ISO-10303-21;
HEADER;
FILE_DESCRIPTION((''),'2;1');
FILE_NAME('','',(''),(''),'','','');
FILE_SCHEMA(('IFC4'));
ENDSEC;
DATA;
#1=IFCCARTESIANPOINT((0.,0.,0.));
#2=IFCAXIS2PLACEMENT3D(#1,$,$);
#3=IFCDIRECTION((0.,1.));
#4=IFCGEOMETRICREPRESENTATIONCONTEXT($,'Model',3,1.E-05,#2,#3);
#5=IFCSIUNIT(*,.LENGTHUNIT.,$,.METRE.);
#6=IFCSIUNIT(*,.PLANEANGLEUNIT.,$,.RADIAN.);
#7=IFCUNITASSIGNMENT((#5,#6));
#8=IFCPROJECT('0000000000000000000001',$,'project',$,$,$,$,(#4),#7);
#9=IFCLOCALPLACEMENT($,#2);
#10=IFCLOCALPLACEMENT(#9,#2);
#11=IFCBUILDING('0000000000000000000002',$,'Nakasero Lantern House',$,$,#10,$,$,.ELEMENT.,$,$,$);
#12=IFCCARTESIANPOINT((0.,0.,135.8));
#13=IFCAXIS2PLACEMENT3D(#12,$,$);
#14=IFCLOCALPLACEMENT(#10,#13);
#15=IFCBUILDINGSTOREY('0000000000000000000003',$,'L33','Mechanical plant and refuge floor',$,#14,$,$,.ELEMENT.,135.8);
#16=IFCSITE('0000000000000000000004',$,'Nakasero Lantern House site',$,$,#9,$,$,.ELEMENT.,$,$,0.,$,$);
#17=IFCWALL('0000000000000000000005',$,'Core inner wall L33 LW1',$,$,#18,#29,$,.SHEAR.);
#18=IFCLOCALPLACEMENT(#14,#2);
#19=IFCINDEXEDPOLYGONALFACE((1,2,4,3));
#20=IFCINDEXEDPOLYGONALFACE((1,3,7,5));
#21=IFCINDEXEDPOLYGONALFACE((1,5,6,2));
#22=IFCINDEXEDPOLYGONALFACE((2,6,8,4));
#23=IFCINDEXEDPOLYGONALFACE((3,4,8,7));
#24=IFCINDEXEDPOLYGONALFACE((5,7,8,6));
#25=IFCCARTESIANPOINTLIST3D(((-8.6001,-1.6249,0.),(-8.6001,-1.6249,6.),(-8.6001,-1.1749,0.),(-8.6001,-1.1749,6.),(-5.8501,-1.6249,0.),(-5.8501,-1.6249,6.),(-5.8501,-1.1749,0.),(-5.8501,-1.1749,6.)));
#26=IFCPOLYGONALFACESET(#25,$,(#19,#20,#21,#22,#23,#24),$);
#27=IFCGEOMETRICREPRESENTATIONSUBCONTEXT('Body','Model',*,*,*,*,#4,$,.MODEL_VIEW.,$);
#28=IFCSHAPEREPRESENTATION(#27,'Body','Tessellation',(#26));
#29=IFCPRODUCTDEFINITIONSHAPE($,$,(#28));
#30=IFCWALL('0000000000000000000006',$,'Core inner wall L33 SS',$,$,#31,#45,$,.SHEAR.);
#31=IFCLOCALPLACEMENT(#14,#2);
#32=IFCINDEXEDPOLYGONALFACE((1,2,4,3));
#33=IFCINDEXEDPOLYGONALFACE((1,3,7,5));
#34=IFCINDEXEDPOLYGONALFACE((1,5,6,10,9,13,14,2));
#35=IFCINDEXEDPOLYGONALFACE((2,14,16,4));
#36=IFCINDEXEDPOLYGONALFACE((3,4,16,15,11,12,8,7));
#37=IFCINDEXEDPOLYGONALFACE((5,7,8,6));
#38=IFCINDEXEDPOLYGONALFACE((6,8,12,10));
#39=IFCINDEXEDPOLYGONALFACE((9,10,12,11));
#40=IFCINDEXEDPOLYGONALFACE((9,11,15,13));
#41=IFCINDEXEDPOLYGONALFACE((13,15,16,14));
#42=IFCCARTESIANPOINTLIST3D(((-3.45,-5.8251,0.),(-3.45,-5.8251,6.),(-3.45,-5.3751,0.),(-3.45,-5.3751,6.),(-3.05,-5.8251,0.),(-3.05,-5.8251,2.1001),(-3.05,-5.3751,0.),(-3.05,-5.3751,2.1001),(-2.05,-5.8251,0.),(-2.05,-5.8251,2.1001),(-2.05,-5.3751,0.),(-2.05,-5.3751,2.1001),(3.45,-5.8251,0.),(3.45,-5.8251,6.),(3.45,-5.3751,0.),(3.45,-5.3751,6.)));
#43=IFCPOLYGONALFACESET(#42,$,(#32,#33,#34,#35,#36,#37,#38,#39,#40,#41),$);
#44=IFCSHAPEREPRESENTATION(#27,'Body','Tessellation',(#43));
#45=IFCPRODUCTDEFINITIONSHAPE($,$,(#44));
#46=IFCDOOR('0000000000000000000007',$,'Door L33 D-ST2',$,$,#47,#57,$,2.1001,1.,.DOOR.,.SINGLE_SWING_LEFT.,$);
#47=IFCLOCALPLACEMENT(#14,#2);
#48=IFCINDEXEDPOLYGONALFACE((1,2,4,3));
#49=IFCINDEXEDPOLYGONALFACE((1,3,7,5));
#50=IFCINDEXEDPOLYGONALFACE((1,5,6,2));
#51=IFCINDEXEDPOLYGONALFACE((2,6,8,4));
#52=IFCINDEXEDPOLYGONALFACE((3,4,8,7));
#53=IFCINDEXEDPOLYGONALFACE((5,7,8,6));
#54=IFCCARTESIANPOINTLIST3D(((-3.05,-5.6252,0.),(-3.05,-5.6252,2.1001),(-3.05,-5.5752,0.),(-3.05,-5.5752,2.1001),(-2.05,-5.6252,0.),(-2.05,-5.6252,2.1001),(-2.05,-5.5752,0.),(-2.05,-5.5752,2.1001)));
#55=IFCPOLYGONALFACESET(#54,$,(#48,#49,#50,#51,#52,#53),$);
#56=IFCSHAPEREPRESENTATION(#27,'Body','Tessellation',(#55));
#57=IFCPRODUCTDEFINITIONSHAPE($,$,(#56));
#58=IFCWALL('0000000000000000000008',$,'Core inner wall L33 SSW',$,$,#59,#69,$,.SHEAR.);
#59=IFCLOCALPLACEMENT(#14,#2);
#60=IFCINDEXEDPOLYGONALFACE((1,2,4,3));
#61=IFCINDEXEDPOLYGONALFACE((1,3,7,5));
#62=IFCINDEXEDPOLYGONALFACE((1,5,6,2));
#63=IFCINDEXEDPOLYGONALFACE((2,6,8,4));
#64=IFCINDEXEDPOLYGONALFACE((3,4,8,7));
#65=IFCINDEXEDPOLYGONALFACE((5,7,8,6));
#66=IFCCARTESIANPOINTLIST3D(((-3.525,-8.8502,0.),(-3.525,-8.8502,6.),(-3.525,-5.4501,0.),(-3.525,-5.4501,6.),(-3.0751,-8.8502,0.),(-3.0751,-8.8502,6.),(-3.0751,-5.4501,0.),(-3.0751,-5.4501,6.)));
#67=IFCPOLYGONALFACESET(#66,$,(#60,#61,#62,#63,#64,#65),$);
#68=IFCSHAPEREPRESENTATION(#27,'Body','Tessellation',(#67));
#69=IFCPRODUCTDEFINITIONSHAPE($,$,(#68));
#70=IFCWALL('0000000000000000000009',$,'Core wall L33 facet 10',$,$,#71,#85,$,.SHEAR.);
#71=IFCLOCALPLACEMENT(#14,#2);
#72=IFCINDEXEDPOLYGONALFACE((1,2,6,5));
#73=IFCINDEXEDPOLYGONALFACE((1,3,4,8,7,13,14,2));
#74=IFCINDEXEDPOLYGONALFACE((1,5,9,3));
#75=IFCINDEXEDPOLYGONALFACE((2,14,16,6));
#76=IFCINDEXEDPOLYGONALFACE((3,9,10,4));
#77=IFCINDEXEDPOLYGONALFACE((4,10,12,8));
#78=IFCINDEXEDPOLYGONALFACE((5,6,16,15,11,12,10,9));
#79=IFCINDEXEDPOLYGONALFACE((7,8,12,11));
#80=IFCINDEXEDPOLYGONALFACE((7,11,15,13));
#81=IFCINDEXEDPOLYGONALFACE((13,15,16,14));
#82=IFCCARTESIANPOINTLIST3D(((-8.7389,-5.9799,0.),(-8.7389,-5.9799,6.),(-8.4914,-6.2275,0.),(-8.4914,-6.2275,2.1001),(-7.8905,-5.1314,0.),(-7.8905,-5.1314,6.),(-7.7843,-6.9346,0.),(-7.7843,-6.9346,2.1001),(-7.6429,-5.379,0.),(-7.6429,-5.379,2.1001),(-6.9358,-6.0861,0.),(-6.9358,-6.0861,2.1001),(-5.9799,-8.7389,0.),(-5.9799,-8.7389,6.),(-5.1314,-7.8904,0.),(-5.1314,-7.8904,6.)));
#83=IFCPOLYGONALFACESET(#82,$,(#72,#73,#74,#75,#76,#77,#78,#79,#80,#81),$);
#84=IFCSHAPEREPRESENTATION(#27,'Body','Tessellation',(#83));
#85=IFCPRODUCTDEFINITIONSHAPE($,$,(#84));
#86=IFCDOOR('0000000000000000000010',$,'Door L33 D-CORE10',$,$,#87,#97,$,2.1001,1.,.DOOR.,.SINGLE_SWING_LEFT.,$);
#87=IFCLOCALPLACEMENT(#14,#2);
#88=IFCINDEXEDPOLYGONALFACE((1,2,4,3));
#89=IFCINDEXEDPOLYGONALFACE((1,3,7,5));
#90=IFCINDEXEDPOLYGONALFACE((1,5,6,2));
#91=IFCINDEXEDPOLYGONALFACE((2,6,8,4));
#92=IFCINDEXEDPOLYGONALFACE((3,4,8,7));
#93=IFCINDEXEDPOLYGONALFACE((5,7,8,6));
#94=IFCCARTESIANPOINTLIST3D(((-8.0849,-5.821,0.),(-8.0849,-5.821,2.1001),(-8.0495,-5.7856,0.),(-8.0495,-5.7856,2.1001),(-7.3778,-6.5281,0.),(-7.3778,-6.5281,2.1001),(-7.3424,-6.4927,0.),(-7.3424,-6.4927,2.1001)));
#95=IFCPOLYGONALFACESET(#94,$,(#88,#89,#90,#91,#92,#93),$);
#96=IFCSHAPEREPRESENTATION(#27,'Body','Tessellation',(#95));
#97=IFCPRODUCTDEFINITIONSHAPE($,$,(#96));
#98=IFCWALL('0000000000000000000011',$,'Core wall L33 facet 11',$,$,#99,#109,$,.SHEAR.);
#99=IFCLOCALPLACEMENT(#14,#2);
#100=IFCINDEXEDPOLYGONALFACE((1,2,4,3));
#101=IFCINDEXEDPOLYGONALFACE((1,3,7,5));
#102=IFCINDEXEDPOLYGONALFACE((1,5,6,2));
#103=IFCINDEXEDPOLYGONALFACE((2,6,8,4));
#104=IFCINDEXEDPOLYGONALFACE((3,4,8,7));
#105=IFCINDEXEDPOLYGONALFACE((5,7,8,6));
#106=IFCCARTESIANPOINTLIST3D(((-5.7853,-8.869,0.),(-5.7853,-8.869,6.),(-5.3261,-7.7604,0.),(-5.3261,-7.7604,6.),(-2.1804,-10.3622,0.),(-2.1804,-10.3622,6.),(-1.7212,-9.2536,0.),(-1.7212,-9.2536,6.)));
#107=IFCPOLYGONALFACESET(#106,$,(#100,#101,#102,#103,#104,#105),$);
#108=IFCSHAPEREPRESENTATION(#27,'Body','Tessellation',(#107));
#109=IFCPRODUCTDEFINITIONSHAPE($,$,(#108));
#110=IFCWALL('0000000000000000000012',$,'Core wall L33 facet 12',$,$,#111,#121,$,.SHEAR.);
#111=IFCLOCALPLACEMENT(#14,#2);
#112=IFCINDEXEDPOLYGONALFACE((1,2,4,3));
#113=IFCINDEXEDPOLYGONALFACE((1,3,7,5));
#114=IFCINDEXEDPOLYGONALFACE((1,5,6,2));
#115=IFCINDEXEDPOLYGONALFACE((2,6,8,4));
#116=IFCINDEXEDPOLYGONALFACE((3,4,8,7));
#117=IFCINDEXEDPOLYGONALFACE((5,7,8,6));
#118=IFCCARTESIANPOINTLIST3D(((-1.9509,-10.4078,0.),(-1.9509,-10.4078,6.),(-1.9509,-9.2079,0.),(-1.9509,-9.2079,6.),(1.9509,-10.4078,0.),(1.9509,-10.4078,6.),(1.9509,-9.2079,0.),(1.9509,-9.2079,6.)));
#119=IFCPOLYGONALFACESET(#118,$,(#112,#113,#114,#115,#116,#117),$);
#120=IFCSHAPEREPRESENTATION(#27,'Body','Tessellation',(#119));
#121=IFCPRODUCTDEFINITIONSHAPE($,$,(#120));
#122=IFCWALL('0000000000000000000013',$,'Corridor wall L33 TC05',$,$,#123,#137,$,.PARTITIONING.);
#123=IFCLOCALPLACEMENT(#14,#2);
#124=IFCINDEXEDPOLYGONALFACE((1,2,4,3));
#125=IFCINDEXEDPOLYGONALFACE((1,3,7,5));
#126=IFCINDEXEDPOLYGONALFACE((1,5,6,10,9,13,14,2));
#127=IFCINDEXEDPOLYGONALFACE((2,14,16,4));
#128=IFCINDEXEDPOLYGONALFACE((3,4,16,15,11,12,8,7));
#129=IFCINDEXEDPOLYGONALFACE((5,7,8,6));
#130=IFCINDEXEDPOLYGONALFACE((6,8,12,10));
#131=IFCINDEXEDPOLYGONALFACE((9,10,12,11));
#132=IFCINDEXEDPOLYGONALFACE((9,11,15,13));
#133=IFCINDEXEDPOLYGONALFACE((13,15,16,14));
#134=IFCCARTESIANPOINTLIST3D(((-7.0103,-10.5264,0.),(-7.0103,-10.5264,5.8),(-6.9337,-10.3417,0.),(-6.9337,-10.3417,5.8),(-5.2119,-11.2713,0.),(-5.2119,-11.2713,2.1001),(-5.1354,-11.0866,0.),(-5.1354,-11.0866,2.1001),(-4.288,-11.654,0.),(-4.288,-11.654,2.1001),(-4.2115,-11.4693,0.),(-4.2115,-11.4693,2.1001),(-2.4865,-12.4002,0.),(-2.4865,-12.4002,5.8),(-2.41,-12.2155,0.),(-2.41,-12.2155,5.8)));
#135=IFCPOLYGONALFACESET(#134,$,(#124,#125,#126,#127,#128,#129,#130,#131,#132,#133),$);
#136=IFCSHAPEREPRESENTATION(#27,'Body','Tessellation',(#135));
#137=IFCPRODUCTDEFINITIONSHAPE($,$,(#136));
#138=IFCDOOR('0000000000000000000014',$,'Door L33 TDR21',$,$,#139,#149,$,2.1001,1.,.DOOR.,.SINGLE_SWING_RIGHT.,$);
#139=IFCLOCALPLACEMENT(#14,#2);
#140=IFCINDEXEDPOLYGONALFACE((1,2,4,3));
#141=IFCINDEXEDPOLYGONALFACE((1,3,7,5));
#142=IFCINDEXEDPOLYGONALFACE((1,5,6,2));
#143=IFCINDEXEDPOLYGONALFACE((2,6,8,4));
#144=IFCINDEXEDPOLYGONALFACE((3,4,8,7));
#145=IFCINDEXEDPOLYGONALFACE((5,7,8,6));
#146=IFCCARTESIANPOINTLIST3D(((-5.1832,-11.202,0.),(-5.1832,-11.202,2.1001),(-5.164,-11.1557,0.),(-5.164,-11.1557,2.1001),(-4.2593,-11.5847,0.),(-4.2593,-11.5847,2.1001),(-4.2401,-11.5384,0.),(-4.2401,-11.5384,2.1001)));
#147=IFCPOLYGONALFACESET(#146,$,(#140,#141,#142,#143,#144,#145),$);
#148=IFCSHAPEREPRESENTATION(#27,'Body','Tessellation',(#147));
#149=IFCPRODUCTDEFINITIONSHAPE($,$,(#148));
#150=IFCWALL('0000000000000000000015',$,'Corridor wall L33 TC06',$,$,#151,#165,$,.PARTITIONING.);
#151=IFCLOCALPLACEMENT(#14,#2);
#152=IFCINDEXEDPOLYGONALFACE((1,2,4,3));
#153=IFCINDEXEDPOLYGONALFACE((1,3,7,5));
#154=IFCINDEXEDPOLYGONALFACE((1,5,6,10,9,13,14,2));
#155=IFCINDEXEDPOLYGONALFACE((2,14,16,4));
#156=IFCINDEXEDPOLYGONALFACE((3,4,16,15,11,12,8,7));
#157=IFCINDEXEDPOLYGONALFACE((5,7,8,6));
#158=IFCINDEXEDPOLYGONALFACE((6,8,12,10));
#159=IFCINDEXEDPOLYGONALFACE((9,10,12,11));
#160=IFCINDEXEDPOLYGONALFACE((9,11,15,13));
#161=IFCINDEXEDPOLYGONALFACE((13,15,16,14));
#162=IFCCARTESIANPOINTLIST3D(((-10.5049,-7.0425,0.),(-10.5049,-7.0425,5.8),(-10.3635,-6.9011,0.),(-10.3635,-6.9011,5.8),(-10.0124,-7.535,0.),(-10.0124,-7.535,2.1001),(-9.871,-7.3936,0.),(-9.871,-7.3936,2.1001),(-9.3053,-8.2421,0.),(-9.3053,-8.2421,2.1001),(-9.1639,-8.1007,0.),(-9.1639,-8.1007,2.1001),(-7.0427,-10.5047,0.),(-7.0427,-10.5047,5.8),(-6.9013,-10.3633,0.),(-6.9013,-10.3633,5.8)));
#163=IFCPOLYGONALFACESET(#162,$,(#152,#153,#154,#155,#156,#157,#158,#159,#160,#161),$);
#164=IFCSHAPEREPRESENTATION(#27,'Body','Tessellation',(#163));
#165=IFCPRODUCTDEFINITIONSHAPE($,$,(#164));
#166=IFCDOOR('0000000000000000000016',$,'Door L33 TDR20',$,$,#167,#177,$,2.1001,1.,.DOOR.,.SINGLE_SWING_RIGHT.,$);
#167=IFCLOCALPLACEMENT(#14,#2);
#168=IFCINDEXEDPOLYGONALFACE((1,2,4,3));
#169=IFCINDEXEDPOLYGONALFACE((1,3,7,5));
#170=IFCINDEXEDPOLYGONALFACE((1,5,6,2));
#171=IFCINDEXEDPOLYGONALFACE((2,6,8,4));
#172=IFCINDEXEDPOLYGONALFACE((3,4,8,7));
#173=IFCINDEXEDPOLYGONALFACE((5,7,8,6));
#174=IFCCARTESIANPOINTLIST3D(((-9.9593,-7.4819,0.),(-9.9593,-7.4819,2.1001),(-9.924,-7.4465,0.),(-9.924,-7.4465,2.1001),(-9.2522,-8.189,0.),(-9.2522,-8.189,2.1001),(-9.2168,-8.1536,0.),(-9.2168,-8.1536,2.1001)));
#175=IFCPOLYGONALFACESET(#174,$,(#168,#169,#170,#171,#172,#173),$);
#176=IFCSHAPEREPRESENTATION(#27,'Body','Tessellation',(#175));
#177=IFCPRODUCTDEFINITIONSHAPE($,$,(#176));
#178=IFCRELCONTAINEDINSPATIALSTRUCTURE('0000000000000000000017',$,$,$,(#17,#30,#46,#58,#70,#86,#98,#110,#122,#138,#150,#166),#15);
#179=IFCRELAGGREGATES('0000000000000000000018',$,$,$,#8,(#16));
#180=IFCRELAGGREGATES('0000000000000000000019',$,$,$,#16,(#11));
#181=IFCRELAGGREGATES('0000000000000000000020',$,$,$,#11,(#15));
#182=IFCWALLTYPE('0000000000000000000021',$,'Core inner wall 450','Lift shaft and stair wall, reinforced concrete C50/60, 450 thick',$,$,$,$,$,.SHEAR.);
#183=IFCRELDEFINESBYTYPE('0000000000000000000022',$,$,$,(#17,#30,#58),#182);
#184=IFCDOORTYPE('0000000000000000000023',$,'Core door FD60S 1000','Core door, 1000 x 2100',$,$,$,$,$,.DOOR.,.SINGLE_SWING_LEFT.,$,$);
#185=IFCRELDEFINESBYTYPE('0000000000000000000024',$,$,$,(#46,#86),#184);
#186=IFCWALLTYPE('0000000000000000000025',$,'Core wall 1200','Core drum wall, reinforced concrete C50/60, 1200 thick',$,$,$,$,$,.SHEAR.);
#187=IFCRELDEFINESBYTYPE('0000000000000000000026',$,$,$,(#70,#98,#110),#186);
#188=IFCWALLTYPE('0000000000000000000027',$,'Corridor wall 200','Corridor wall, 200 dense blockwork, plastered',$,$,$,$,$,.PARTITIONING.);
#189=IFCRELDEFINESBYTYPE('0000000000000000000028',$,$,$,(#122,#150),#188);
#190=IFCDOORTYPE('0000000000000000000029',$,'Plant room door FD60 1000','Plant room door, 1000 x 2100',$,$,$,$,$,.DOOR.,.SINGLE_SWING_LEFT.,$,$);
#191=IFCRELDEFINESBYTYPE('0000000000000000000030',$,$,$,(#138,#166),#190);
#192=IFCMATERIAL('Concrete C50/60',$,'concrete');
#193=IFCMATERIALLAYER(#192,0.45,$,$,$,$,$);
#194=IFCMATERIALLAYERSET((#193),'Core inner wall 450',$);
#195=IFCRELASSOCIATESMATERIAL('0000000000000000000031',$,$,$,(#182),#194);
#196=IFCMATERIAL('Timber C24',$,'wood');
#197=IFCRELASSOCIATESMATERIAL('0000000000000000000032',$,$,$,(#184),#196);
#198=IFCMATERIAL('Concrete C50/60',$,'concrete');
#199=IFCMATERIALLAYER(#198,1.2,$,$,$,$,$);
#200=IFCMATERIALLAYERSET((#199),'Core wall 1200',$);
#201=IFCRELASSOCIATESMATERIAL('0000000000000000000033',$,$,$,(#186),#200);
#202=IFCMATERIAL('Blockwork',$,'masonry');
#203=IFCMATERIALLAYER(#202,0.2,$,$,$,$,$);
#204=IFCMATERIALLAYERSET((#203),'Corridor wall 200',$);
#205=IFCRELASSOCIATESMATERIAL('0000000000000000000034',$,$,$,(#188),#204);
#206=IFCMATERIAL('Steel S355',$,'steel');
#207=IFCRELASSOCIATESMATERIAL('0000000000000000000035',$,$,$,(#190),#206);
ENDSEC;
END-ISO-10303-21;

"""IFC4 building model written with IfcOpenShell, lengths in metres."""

from ifc_helpers import new_model, si_unit, direction, frame, frame_2d, origin, place, context, subcontext, project, spatial, rectangle, extrude, material, layer, layer_set, type_object, element, fill, save


model = new_model("IFC4")

# Units and contexts
model_context = context("Model", 3, precision=1e-05, world=origin(), true_north=direction((0.0, 1.0)))
body_context = subcontext(model_context, "Body", "Model", "MODEL_VIEW")
ifc_project = project(units=[si_unit("LENGTHUNIT", "METRE"), si_unit("PLANEANGLEUNIT", "RADIAN")], contexts=[model_context])

# Site, building, storey
site_placement = place(None, origin())
site = spatial("IfcSite", under=ifc_project, at=site_placement, Name="Nakasero Lantern House site", CompositionType="ELEMENT", RefElevation=0.0)
building_placement = place(site_placement, origin())
building = spatial("IfcBuilding", under=site, at=building_placement, Name="Nakasero Lantern House", CompositionType="ELEMENT")
storey_placement = place(building_placement, frame((0.0, 0.0, 135.8)))
storey = spatial("IfcBuildingStorey", under=building, at=storey_placement, Name="L33", Description="Mechanical plant and refuge floor", CompositionType="ELEMENT", Elevation=135.8)

# Shared definitions
ifc_material_1 = material(Name="Concrete C50/60", Category="concrete")
ifc_layer_1 = layer(ifc_material_1, 0.45)
ifc_layer_set_1 = layer_set([ifc_layer_1], Name="Core inner wall 450")
wall_type_1 = type_object("IfcWallType", Name="Core inner wall 450", Description="Lift shaft and stair wall, reinforced concrete C50/60, 450 thick", PredefinedType="SHEAR", material=ifc_layer_set_1)

# Wall
wall_1_placement = place(storey_placement, frame((-8.6001, -1.3999, 0.0), z_axis=(0.0, 0.0, 1.0), x_axis=(1.0, 0.0, 0.0)))
element("IfcWall", 1, at=wall_1_placement, inside=storey, type_object=wall_type_1, Name="Core inner wall L33 LW1", PredefinedType="SHEAR", context=body_context, shape_type="SweptSolid", body=[
    extrude(rectangle(XDim=2.75, YDim=0.45, at=frame_2d((1.375, 0.0))), origin(), (0.0, 0.0, 1.0), 6.0),
])

# Wall, opening, door
wall_2_placement = place(storey_placement, frame((-3.45, -5.6001, 0.0), z_axis=(0.0, 0.0, 1.0), x_axis=(1.0, 0.0, 0.0)))
wall_2 = element("IfcWall", 2, at=wall_2_placement, inside=storey, type_object=wall_type_1, Name="Core inner wall L33 SS", PredefinedType="SHEAR", context=body_context, shape_type="SweptSolid", body=[
    extrude(rectangle(XDim=6.8999, YDim=0.45, at=frame_2d((3.45, 0.0))), origin(), (0.0, 0.0, 1.0), 6.0),
])
opening_1_placement = place(wall_2_placement, frame((0.3999, 0.0, 0.0)))
opening_1 = element("IfcOpeningElement", 3, at=opening_1_placement, cuts=wall_2, PredefinedType="OPENING", context=body_context, shape_type="SweptSolid", body=[
    extrude(rectangle(XDim=1.0, YDim=2.1001, at=frame_2d((0.5, 1.05))), frame((0.0, 0.2449, 0.0), z_axis=(0.0, -1.0, 0.0), x_axis=(1.0, 0.0, 0.0)), (0.0, 0.0, 1.0), 0.49),
])
ifc_material_2 = material(Name="Timber C24", Category="wood")
door_type_1 = type_object("IfcDoorType", Name="Core door FD60S 1000", Description="Core door, 1000 x 2100", OperationType="SINGLE_SWING_LEFT", PredefinedType="DOOR", material=ifc_material_2)
door_1_placement = place(opening_1_placement, origin())
door_1 = element("IfcDoor", 4, at=door_1_placement, inside=storey, type_object=door_type_1, Name="Door L33 D-ST2", OperationType="SINGLE_SWING_LEFT", OverallHeight=2.1001, OverallWidth=1.0, PredefinedType="DOOR", context=body_context, shape_type="SweptSolid", body=[
    extrude(rectangle(XDim=1.0, YDim=2.1001, at=frame_2d((0.5, 1.05))), frame((0.0, 0.0249, 0.0), z_axis=(0.0, -1.0, 0.0), x_axis=(1.0, 0.0, 0.0)), (0.0, 0.0, 1.0), 0.05),
])
fill(opening_1, door_1)

# Wall
wall_3_placement = place(storey_placement, frame((-3.3, -5.45, 0.0), z_axis=(0.0, 0.0, 1.0), x_axis=(0.0, -1.0, 0.0)))
element("IfcWall", 5, at=wall_3_placement, inside=storey, type_object=wall_type_1, Name="Core inner wall L33 SSW", PredefinedType="SHEAR", context=body_context, shape_type="SweptSolid", body=[
    extrude(rectangle(XDim=3.4001, YDim=0.45, at=frame_2d((1.7002, 0.0))), origin(), (0.0, 0.0, 1.0), 6.0),
])

# Wall, opening, door
ifc_material_3 = material(Name="Concrete C50/60", Category="concrete")
ifc_layer_2 = layer(ifc_material_3, 1.2)
ifc_layer_set_2 = layer_set([ifc_layer_2], Name="Core wall 1200")
wall_type_2 = type_object("IfcWallType", Name="Core wall 1200", Description="Core drum wall, reinforced concrete C50/60, 1200 thick", PredefinedType="SHEAR", material=ifc_layer_set_2)
wall_4_placement = place(storey_placement, frame((-8.3147, -5.5557, 0.0), z_axis=(0.0, 0.0, 1.0), x_axis=(0.707107, -0.707107, 0.0)))
wall_4 = element("IfcWall", 6, at=wall_4_placement, inside=storey, type_object=wall_type_2, Name="Core wall L33 facet 10", PredefinedType="SHEAR", context=body_context, shape_type="SweptSolid", body=[
    extrude(rectangle(XDim=3.9019, YDim=1.2, at=frame_2d((1.9509, 0.0))), origin(), (0.0, 0.0, 1.0), 6.0),
])
opening_2_placement = place(wall_4_placement, frame((0.3501, 0.0, 0.0)))
opening_2 = element("IfcOpeningElement", 7, at=opening_2_placement, cuts=wall_4, PredefinedType="OPENING", context=body_context, shape_type="SweptSolid", body=[
    extrude(rectangle(XDim=1.0, YDim=2.1001, at=frame_2d((0.5, 1.05))), frame((0.0, 0.6199, 0.0), z_axis=(0.0, -1.0, 0.0), x_axis=(1.0, 0.0, 0.0)), (0.0, 0.0, 1.0), 1.24),
])
door_2_placement = place(opening_2_placement, origin())
door_2 = element("IfcDoor", 8, at=door_2_placement, inside=storey, type_object=door_type_1, Name="Door L33 D-CORE10", OperationType="SINGLE_SWING_LEFT", OverallHeight=2.1001, OverallWidth=1.0, PredefinedType="DOOR", context=body_context, shape_type="SweptSolid", body=[
    extrude(rectangle(XDim=1.0, YDim=2.1001, at=frame_2d((0.5, 1.05))), frame((0.0, 0.0249, 0.0), z_axis=(0.0, -1.0, 0.0), x_axis=(1.0, 0.0, 0.0)), (0.0, 0.0, 1.0), 0.05),
])
fill(opening_2, door_2)

# Walls
for number, where, z_axis, x_axis, name in (
    (9, (-5.5557, -8.3147, 0.0), (0.0, 0.0, 1.0), (0.923877, -0.382691, 0.0), "Core wall L33 facet 11"),
    (10, (-1.9509, -9.8079, 0.0), (0.0, 0.0, 1.0), (1.0, 0.0, 0.0), "Core wall L33 facet 12"),
):
    element("IfcWall", number, at=place(storey_placement, frame(where, z_axis=z_axis, x_axis=x_axis)), inside=storey, type_object=wall_type_2, Name=name, PredefinedType="SHEAR", context=body_context, shape_type="SweptSolid", body=[
        extrude(rectangle(XDim=3.9019, YDim=1.2, at=frame_2d((1.9509, 0.0))), origin(), (0.0, 0.0, 1.0), 6.0),
    ])

# Walls, openings, doors
ifc_material_4 = material(Name="Blockwork", Category="masonry")
ifc_layer_3 = layer(ifc_material_4, 0.2)
ifc_layer_set_3 = layer_set([ifc_layer_3], Name="Corridor wall 200")
wall_type_3 = type_object("IfcWallType", Name="Corridor wall 200", Description="Corridor wall, 200 dense blockwork, plastered", PredefinedType="PARTITIONING", material=ifc_layer_set_3)
wall_5_placement = place(storey_placement, frame((-2.4482, -12.3079, 0.0), z_axis=(0.0, 0.0, 1.0), x_axis=(-0.923879, 0.382685, 0.0)))
wall_5 = element("IfcWall", 11, at=wall_5_placement, inside=storey, type_object=wall_type_3, Name="Corridor wall L33 TC05", PredefinedType="PARTITIONING", context=body_context, shape_type="SweptSolid", body=[
    extrude(rectangle(XDim=4.8965, YDim=0.2, at=frame_2d((2.4482, 0.0))), origin(), (0.0, 0.0, 1.0), 5.8),
])
opening_3_placement = place(wall_5_placement, frame((1.95, 0.0, 0.0)))
opening_3 = element("IfcOpeningElement", 12, at=opening_3_placement, cuts=wall_5, PredefinedType="OPENING", context=body_context, shape_type="SweptSolid", body=[
    extrude(rectangle(XDim=1.0, YDim=2.1001, at=frame_2d((0.5, 1.05))), frame((0.0, 0.1199, 0.0), z_axis=(0.0, -1.0, 0.0), x_axis=(1.0, 0.0, 0.0)), (0.0, 0.0, 1.0), 0.24),
])
ifc_material_5 = material(Name="Steel S355", Category="steel")
door_type_2 = type_object("IfcDoorType", Name="Plant room door FD60 1000", Description="Plant room door, 1000 x 2100", OperationType="SINGLE_SWING_LEFT", PredefinedType="DOOR", material=ifc_material_5)
door_3_placement = place(opening_3_placement, origin())
door_3 = element("IfcDoor", 13, at=door_3_placement, inside=storey, type_object=door_type_2, Name="Door L33 TDR21", OperationType="SINGLE_SWING_RIGHT", OverallHeight=2.1001, OverallWidth=1.0, PredefinedType="DOOR", context=body_context, shape_type="SweptSolid", body=[
    extrude(rectangle(XDim=1.0, YDim=2.1001, at=frame_2d((0.5, 1.05))), frame((0.0, 0.0249, 0.0), z_axis=(0.0, -1.0, 0.0), x_axis=(1.0, 0.0, 0.0)), (0.0, 0.0, 1.0), 0.05),
])
fill(opening_3, door_3)
wall_6_placement = place(storey_placement, frame((-6.9719, -10.4341, 0.0), z_axis=(0.0, 0.0, 1.0), x_axis=(-0.707107, 0.707107, 0.0)))
wall_6 = element("IfcWall", 14, at=wall_6_placement, inside=storey, type_object=wall_type_3, Name="Corridor wall L33 TC06", PredefinedType="PARTITIONING", context=body_context, shape_type="SweptSolid", body=[
    extrude(rectangle(XDim=4.8962, YDim=0.2, at=frame_2d((2.4482, 0.0))), origin(), (0.0, 0.0, 1.0), 5.8),
])
opening_4_placement = place(wall_6_placement, frame((3.2, 0.0, 0.0)))
opening_4 = element("IfcOpeningElement", 15, at=opening_4_placement, cuts=wall_6, PredefinedType="OPENING", context=body_context, shape_type="SweptSolid", body=[
    extrude(rectangle(XDim=1.0, YDim=2.1001, at=frame_2d((0.5, 1.05))), frame((0.0, 0.1199, 0.0), z_axis=(0.0, -1.0, 0.0), x_axis=(1.0, 0.0, 0.0)), (0.0, 0.0, 1.0), 0.24),
])
door_4_placement = place(opening_4_placement, origin())
door_4 = element("IfcDoor", 16, at=door_4_placement, inside=storey, type_object=door_type_2, Name="Door L33 TDR20", OperationType="SINGLE_SWING_RIGHT", OverallHeight=2.1001, OverallWidth=1.0, PredefinedType="DOOR", context=body_context, shape_type="SweptSolid", body=[
    extrude(rectangle(XDim=1.0, YDim=2.1001, at=frame_2d((0.5, 1.05))), frame((0.0, 0.0249, 0.0), z_axis=(0.0, -1.0, 0.0), x_axis=(1.0, 0.0, 0.0)), (0.0, 0.0, 1.0), 0.05),
])
fill(opening_4, door_4)

save(model, "model.ifc")
